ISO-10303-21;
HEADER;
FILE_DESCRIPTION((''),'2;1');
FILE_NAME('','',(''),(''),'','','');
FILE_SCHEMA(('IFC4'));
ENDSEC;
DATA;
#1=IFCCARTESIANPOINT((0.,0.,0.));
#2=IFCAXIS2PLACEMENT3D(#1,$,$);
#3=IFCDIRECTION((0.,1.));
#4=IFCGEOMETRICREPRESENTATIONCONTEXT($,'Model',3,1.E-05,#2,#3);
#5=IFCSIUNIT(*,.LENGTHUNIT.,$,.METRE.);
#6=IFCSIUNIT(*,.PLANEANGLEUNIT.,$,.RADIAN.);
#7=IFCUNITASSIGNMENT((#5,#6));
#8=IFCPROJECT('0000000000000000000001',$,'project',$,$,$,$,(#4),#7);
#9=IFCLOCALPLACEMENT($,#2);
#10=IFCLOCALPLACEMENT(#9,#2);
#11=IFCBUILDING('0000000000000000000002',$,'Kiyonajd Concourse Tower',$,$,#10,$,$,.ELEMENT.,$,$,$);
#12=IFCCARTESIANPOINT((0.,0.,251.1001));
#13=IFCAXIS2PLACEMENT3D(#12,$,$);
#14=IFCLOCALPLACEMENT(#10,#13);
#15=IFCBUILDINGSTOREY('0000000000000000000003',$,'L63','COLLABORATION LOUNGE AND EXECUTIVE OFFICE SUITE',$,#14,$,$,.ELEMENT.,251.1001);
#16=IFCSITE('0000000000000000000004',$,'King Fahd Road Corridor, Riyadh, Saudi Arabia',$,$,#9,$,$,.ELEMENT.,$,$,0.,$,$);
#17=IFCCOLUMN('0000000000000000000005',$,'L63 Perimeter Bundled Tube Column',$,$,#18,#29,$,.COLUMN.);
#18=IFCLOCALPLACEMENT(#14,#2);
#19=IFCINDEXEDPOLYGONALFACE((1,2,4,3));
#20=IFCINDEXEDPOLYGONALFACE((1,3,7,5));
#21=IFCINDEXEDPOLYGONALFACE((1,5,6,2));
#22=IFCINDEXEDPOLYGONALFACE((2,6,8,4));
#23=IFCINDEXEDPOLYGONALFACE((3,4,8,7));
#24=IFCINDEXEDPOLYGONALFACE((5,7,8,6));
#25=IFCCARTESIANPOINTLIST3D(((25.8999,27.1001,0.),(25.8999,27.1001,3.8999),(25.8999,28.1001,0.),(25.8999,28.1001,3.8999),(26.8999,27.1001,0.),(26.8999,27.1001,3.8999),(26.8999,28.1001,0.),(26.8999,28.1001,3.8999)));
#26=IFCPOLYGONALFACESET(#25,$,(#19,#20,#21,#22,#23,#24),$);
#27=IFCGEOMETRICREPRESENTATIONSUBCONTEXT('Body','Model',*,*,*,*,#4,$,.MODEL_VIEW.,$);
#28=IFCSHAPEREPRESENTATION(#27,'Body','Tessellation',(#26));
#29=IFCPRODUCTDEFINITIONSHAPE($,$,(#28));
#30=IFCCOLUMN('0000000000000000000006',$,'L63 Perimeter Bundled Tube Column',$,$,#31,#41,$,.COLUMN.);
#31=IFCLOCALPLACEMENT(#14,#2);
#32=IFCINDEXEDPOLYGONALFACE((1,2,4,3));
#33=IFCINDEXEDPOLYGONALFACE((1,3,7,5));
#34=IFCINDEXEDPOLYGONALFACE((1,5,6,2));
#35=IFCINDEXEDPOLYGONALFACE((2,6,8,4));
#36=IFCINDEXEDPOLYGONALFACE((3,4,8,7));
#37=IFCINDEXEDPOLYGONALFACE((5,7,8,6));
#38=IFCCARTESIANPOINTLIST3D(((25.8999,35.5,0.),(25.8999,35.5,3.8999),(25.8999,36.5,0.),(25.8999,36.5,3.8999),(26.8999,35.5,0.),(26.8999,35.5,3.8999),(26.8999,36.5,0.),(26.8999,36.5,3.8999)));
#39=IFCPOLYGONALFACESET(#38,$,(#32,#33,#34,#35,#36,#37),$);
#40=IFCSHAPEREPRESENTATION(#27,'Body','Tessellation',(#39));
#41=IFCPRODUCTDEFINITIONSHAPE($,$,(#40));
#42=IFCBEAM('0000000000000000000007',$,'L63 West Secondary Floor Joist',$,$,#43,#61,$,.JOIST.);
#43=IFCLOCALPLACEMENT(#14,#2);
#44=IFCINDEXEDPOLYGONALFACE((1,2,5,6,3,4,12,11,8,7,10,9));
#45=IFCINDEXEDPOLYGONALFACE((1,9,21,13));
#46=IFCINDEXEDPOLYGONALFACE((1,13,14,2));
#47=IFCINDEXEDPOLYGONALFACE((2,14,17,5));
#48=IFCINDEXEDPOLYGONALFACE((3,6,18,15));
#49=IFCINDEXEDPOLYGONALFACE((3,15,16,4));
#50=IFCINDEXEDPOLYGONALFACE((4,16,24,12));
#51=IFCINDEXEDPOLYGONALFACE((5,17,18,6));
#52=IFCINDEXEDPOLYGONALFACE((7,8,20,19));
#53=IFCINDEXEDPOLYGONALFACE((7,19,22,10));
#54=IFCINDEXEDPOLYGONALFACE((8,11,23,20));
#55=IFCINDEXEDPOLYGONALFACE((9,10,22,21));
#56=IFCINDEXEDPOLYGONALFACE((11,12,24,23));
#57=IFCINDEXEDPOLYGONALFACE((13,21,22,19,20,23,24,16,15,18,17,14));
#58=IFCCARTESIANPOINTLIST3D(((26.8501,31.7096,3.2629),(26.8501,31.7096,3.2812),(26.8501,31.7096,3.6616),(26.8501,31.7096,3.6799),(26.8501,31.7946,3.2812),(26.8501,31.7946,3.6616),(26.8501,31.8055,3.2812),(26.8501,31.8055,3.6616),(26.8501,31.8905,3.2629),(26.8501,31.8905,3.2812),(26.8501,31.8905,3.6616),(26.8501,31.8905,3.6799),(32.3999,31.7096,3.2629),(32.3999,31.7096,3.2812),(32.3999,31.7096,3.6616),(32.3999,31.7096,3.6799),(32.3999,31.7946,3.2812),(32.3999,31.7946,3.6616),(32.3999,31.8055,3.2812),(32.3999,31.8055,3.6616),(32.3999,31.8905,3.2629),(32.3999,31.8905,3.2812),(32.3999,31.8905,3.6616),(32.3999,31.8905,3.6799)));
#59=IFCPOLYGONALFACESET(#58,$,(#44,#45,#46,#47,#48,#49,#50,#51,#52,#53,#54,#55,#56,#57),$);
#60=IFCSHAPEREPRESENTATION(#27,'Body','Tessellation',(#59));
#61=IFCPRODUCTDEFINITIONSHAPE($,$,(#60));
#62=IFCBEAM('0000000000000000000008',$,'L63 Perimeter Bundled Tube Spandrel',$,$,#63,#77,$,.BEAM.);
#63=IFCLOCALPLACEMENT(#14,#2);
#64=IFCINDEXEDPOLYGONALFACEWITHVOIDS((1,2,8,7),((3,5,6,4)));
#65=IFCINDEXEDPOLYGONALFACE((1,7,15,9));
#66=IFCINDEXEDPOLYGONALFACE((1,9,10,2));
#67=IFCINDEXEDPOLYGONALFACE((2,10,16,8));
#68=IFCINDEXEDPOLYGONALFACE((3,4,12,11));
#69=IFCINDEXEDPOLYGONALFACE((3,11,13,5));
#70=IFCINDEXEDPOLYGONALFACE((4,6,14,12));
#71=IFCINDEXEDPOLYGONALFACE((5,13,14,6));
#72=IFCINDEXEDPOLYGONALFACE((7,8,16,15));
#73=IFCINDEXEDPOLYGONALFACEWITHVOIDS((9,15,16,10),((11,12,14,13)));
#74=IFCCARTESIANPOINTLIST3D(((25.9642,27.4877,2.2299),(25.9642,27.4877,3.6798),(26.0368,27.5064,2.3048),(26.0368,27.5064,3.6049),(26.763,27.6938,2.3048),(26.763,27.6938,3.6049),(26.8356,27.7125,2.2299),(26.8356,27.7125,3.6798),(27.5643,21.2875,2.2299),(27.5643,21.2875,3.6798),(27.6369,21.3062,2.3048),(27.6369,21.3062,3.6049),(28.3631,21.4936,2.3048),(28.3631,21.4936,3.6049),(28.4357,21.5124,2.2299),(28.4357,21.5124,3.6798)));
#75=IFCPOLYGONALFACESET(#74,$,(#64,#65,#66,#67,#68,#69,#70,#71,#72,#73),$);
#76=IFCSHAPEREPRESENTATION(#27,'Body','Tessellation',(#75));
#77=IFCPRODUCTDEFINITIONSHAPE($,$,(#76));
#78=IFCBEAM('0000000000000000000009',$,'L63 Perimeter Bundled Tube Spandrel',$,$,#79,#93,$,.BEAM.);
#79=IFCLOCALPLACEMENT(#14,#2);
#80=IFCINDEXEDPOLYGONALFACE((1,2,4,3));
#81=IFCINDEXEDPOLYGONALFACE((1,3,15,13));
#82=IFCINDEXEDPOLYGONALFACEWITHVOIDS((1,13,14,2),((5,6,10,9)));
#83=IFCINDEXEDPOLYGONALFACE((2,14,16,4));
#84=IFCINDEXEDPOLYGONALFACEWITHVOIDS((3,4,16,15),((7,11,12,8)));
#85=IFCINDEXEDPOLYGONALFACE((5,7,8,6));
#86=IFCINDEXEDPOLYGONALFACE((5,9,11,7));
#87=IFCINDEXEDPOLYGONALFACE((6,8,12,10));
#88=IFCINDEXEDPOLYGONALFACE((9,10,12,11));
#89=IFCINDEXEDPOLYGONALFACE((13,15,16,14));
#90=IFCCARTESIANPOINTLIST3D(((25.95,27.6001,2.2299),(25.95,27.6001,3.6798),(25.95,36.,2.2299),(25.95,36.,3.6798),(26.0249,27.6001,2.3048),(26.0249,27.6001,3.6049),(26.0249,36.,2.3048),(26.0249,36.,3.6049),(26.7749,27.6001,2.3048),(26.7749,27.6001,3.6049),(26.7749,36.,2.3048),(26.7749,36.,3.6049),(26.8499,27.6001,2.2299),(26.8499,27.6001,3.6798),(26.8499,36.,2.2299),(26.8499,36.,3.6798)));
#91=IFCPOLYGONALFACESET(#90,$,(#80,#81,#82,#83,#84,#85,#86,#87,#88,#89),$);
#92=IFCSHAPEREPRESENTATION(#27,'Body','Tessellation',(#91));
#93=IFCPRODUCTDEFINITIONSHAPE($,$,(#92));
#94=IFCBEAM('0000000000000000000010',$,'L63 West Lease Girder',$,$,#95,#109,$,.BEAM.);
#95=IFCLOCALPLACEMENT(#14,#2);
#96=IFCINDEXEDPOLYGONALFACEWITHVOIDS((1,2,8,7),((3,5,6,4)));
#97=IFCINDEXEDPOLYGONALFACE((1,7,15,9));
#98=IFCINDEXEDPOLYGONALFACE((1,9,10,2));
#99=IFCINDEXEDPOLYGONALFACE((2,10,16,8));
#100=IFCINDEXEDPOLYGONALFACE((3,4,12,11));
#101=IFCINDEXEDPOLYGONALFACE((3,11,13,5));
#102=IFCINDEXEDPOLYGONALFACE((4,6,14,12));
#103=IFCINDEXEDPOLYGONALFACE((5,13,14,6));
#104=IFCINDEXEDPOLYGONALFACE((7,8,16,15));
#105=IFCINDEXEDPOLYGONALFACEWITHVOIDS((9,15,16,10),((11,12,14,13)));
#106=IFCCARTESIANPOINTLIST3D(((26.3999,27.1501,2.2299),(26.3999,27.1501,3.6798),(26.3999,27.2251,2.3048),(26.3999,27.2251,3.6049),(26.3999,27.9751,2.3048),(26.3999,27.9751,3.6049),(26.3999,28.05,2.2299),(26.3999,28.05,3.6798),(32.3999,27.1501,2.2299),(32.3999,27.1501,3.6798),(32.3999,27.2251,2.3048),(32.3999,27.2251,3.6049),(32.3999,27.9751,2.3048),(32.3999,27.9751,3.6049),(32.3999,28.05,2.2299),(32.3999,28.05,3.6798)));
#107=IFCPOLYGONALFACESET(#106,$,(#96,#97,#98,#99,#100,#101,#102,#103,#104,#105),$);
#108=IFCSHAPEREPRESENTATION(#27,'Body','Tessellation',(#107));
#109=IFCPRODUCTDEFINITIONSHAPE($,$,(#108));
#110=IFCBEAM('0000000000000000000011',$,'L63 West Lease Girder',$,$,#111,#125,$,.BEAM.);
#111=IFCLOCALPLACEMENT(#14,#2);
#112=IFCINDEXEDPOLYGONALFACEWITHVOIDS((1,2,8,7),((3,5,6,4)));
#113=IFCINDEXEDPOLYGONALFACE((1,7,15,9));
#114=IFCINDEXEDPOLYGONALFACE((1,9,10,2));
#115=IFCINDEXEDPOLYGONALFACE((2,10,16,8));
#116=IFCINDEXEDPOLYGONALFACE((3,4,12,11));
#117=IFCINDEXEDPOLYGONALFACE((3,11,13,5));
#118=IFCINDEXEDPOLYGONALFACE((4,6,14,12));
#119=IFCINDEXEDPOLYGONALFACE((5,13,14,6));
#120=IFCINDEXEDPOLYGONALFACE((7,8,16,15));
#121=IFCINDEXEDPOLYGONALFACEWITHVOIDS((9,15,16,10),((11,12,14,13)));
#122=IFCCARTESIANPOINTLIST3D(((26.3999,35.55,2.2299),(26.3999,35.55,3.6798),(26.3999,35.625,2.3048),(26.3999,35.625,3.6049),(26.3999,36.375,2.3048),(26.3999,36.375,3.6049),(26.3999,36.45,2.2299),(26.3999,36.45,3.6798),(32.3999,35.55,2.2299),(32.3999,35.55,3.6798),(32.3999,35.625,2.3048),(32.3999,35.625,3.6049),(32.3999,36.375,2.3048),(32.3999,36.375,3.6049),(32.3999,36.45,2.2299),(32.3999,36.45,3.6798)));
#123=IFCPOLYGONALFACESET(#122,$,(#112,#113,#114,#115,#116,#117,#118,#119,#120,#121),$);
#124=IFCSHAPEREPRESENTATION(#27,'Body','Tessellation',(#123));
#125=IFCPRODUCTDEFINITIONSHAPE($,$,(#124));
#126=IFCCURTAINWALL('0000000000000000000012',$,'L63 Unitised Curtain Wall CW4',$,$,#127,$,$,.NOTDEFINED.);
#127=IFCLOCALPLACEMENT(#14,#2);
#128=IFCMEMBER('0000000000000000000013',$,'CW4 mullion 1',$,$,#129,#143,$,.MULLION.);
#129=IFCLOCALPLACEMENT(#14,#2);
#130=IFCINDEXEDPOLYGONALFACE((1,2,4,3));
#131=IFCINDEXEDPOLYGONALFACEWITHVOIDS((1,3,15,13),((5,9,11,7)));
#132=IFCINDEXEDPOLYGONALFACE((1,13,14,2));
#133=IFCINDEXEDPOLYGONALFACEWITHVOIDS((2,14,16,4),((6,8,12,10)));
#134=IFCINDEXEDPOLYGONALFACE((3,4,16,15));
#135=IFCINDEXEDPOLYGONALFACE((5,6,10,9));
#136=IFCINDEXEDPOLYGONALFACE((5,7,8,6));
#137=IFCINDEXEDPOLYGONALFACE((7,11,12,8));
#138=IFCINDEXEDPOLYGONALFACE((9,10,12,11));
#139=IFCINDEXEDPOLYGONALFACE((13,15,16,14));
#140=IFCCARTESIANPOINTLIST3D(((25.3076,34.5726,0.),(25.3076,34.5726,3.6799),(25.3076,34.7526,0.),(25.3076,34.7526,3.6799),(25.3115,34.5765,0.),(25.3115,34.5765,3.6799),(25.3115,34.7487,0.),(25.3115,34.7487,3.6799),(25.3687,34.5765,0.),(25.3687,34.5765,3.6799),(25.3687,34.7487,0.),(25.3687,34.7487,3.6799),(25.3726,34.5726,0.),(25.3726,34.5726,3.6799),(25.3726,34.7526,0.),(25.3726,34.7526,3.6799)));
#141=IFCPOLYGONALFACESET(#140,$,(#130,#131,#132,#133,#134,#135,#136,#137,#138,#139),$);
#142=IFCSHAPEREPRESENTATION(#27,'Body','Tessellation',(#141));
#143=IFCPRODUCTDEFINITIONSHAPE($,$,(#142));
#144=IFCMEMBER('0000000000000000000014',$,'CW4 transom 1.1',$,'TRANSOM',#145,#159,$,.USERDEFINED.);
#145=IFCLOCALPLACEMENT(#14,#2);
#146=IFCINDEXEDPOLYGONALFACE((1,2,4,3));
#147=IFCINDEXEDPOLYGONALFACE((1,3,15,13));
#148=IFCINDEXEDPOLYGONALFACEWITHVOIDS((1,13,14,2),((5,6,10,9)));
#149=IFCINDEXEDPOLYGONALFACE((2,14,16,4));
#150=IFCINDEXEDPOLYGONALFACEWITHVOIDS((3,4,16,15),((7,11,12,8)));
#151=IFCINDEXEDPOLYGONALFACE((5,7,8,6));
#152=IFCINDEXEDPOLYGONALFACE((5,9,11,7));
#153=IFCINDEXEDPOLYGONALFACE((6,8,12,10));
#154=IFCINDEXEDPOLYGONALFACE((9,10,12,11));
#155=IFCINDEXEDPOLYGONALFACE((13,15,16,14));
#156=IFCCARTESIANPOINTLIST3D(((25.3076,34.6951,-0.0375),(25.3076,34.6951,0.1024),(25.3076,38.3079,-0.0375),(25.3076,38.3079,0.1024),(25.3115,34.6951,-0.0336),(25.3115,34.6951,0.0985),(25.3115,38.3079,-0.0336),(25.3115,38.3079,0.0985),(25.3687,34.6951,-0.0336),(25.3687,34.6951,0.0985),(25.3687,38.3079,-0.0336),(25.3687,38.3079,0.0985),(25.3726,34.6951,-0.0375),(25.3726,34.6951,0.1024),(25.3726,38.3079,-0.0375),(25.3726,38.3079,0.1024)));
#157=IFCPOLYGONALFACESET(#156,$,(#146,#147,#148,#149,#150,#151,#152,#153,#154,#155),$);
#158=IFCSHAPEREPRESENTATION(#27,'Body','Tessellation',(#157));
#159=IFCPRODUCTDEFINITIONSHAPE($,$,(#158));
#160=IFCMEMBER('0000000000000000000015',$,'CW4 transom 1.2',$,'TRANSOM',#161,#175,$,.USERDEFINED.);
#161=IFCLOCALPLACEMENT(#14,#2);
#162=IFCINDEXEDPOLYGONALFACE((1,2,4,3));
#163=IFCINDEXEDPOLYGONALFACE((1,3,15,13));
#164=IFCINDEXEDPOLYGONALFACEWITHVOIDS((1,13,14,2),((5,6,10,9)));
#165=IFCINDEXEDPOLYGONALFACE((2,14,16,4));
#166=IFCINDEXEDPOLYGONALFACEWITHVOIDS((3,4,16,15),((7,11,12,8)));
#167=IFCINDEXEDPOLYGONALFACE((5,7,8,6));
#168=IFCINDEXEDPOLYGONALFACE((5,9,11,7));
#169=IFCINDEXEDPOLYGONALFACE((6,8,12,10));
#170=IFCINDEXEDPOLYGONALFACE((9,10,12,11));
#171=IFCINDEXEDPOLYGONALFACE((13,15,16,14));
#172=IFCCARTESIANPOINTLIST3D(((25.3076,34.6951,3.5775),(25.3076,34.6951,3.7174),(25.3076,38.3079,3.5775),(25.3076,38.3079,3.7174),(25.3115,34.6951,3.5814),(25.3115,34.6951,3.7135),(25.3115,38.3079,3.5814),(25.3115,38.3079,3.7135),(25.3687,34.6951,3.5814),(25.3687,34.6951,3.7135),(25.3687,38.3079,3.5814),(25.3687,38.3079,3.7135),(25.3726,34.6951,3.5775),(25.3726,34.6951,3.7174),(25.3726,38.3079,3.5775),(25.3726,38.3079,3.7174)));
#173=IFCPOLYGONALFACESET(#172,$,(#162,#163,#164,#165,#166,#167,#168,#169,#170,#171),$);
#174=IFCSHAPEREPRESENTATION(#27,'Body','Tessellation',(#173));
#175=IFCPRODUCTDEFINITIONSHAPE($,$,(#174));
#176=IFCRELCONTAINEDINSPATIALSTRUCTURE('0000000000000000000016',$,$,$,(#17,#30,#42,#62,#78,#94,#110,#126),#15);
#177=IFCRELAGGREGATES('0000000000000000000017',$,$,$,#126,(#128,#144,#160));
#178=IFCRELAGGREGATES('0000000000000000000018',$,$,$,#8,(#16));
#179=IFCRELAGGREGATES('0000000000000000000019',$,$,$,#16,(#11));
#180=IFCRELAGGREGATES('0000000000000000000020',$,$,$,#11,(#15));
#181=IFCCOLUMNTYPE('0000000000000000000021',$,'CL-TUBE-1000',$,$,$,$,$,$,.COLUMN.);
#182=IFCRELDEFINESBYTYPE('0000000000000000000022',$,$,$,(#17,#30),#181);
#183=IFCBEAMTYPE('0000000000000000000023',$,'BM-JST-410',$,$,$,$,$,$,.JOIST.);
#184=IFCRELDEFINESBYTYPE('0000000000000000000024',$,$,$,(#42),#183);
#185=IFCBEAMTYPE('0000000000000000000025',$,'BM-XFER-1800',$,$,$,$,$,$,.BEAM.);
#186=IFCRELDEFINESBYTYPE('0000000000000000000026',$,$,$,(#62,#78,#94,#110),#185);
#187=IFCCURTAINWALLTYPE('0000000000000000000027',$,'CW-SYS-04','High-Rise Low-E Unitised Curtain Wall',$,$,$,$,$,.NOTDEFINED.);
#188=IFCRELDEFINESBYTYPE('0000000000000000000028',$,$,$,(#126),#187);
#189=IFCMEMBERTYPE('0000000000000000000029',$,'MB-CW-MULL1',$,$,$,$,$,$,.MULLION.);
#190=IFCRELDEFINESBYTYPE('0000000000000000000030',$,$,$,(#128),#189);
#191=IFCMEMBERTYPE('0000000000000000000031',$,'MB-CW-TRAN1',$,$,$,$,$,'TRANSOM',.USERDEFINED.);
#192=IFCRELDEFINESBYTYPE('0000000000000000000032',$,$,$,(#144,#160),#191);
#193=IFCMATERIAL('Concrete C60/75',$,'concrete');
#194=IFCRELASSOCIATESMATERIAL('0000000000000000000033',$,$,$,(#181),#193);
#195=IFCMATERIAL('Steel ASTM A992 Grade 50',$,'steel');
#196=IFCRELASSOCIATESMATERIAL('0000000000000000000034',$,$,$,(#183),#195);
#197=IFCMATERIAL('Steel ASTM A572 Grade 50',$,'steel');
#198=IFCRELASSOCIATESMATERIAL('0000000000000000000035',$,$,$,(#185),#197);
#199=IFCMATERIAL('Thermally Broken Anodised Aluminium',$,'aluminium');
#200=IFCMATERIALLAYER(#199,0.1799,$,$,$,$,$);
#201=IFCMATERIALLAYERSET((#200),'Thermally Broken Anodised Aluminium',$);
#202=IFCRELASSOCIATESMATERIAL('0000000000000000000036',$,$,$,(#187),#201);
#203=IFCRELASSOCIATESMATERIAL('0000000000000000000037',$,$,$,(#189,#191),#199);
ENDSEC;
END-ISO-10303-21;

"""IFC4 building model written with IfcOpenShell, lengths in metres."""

from ifc_helpers import new_model, si_unit, direction, frame, origin, origin_2d, place, context, subcontext, project, spatial, rectangle, hollow_rectangle, i_section, extrude, material, layer, layer_set, material_profile, profile_set, type_object, element, aggregate, save


model = new_model("IFC4")

# Units and contexts
model_context = context("Model", 3, precision=1e-05, world=origin(), true_north=direction((0.0, 1.0)))
body_context = subcontext(model_context, "Body", "Model", "MODEL_VIEW")
ifc_project = project(units=[si_unit("LENGTHUNIT", "METRE"), si_unit("PLANEANGLEUNIT", "RADIAN")], contexts=[model_context])

# Site, building, storey
site_placement = place(None, origin())
site = spatial("IfcSite", under=ifc_project, at=site_placement, Name="King Fahd Road Corridor, Riyadh, Saudi Arabia", CompositionType="ELEMENT", RefElevation=0.0)
building_placement = place(site_placement, origin())
building = spatial("IfcBuilding", under=site, at=building_placement, Name="Kiyonajd Concourse Tower", CompositionType="ELEMENT")
storey_placement = place(building_placement, frame((0.0, 0.0, 251.1001)))
storey = spatial("IfcBuildingStorey", under=building, at=storey_placement, Name="L63", Description="COLLABORATION LOUNGE AND EXECUTIVE OFFICE SUITE", CompositionType="ELEMENT", Elevation=251.1001)

# Columns
ifc_material_1 = material(Name="Concrete C60/75", Category="concrete")
ifc_material_profile_1 = material_profile(ifc_material_1, rectangle(XDim=1.0, YDim=1.0, at=origin_2d()), Name="RC-1000x1000")
ifc_profile_set_1 = profile_set([ifc_material_profile_1], Name="Concrete C60/75")
column_type = type_object("IfcColumnType", Name="CL-TUBE-1000", PredefinedType="COLUMN", material=ifc_profile_set_1)
for number, where, z_axis, x_axis, name in (
    (1, (26.3999, 27.6001, 0.0), (0.0, 0.0, 1.0), (1.0, 0.0, 0.0), "L63 Perimeter Bundled Tube Column"),
    (2, (26.3999, 36.0, 0.0), (0.0, 0.0, 1.0), (1.0, 0.0, 0.0), "L63 Perimeter Bundled Tube Column"),
):
    element("IfcColumn", number, at=place(storey_placement, frame(where, z_axis=z_axis, x_axis=x_axis)), inside=storey, type_object=column_type, Name=name, PredefinedType="COLUMN", context=body_context, shape_type="SweptSolid", body=[
        extrude(rectangle(XDim=1.0, YDim=1.0, at=origin_2d()), origin(), (0.0, 0.0, 1.0), 3.8999),
    ])

# Beams
ifc_material_2 = material(Name="Steel ASTM A992 Grade 50", Category="steel")
ifc_material_profile_2 = material_profile(ifc_material_2, i_section(OverallWidth=0.1809, OverallDepth=0.417, WebThickness=0.011, FlangeThickness=0.0183, at=origin_2d()), Name="W410X85")
ifc_profile_set_2 = profile_set([ifc_material_profile_2], Name="Steel ASTM A992 Grade 50")
beam_type_1 = type_object("IfcBeamType", Name="BM-JST-410", PredefinedType="JOIST", material=ifc_profile_set_2)
beam_1_placement = place(storey_placement, frame((26.8501, 31.8, 3.4714), z_axis=(1.0, 0.0, 0.0), x_axis=(0.0, 1.0, 0.0)))
element("IfcBeam", 3, at=beam_1_placement, inside=storey, type_object=beam_type_1, Name="L63 West Secondary Floor Joist", PredefinedType="JOIST", context=body_context, shape_type="SweptSolid", body=[
    extrude(i_section(OverallWidth=0.1809, OverallDepth=0.417, WebThickness=0.011, FlangeThickness=0.0183, at=origin_2d()), origin(), (0.0, 0.0, 1.0), 5.5498),
])
ifc_material_3 = material(Name="Steel ASTM A572 Grade 50", Category="steel")
ifc_material_profile_3 = material_profile(ifc_material_3, hollow_rectangle(XDim=0.8999, YDim=1.45, WallThickness=0.075, at=origin_2d()), Name="BOX-1450x900x75")
ifc_profile_set_3 = profile_set([ifc_material_profile_3], Name="Steel ASTM A572 Grade 50")
beam_type_2 = type_object("IfcBeamType", Name="BM-XFER-1800", PredefinedType="BEAM", material=ifc_profile_set_3)
beam_2_placement = place(storey_placement, frame((26.3999, 27.6001, 2.9548), z_axis=(0.249885, -0.968276, 0.0), x_axis=(0.968276, 0.249885, 0.0)))
element("IfcBeam", 4, at=beam_2_placement, inside=storey, type_object=beam_type_2, Name="L63 Perimeter Bundled Tube Spandrel", PredefinedType="BEAM", context=body_context, shape_type="SweptSolid", body=[
    extrude(hollow_rectangle(XDim=0.8999, YDim=1.45, WallThickness=0.075, at=origin_2d()), origin(), (0.0, 0.0, 1.0), 6.4033),
])
beam_3_placement = place(storey_placement, frame((26.3999, 36.0, 2.9548), z_axis=(0.0, -1.0, 0.0), x_axis=(1.0, 0.0, 0.0)))
element("IfcBeam", 5, at=beam_3_placement, inside=storey, type_object=beam_type_2, Name="L63 Perimeter Bundled Tube Spandrel", PredefinedType="BEAM", context=body_context, shape_type="SweptSolid", body=[
    extrude(hollow_rectangle(XDim=0.8999, YDim=1.45, WallThickness=0.075, at=origin_2d()), origin(), (0.0, 0.0, 1.0), 8.3999),
])
for number, where, z_axis, x_axis, name in (
    (6, (26.3999, 27.6001, 2.9548), (1.0, 0.0, 0.0), (0.0, 1.0, 0.0), "L63 West Lease Girder"),
    (7, (26.3999, 36.0, 2.9548), (1.0, 0.0, 0.0), (0.0, 1.0, 0.0), "L63 West Lease Girder"),
):
    element("IfcBeam", number, at=place(storey_placement, frame(where, z_axis=z_axis, x_axis=x_axis)), inside=storey, type_object=beam_type_2, Name=name, PredefinedType="BEAM", context=body_context, shape_type="SweptSolid", body=[
        extrude(hollow_rectangle(XDim=0.8999, YDim=1.45, WallThickness=0.075, at=origin_2d()), origin(), (0.0, 0.0, 1.0), 6.0),
    ])

# Curtain wall, members
ifc_material_4 = material(Name="Thermally Broken Anodised Aluminium", Category="aluminium")
ifc_layer_1 = layer(ifc_material_4, 0.1799)
ifc_layer_set_1 = layer_set([ifc_layer_1], Name="Thermally Broken Anodised Aluminium")
curtain_wall_type = type_object("IfcCurtainWallType", Name="CW-SYS-04", Description="High-Rise Low-E Unitised Curtain Wall", PredefinedType="NOTDEFINED", material=ifc_layer_set_1)
curtain_wall_placement = place(storey_placement, origin())
curtain_wall = element("IfcCurtainWall", 8, at=curtain_wall_placement, inside=storey, type_object=curtain_wall_type, Name="L63 Unitised Curtain Wall CW4", PredefinedType="NOTDEFINED")
ifc_material_profile_4 = material_profile(ifc_material_4, hollow_rectangle(XDim=0.0649, YDim=0.1799, WallThickness=0.0039, at=origin_2d()), Name="MULL-65x180")
ifc_profile_set_4 = profile_set([ifc_material_profile_4], Name="Thermally Broken Anodised Aluminium")
member_type_1 = type_object("IfcMemberType", Name="MB-CW-MULL1", PredefinedType="MULLION", material=ifc_profile_set_4)
member_1_placement = place(storey_placement, frame((25.3401, 34.6626, 0.0), z_axis=(0.0, 0.0, 1.0), x_axis=(-1.0, 0.0, 0.0)))
member_1 = element("IfcMember", 9, at=member_1_placement, type_object=member_type_1, Name="CW4 mullion 1", PredefinedType="MULLION", context=body_context, shape_type="SweptSolid", body=[
    extrude(hollow_rectangle(XDim=0.0649, YDim=0.1799, WallThickness=0.0039, at=origin_2d()), origin(), (0.0, 0.0, 1.0), 3.6799),
])
ifc_material_profile_5 = material_profile(ifc_material_4, hollow_rectangle(XDim=0.0649, YDim=0.1399, WallThickness=0.0039, at=origin_2d()), Name="TRAN-65x140")
ifc_profile_set_5 = profile_set([ifc_material_profile_5], Name="Thermally Broken Anodised Aluminium")
member_type_2 = type_object("IfcMemberType", Name="MB-CW-TRAN1", ElementType="TRANSOM", PredefinedType="USERDEFINED", material=ifc_profile_set_5)
member_2_placement = place(storey_placement, frame((25.3401, 34.6951, 0.0325), z_axis=(0.0, 1.0, 0.0), x_axis=(-1.0, 0.0, 0.0)))
member_2 = element("IfcMember", 10, at=member_2_placement, type_object=member_type_2, Name="CW4 transom 1.1", ObjectType="TRANSOM", PredefinedType="USERDEFINED", context=body_context, shape_type="SweptSolid", body=[
    extrude(hollow_rectangle(XDim=0.0649, YDim=0.1399, WallThickness=0.0039, at=origin_2d()), origin(), (0.0, 0.0, 1.0), 3.6128),
])
member_3_placement = place(storey_placement, frame((25.3401, 34.6951, 3.6475), z_axis=(0.0, 1.0, 0.0), x_axis=(-1.0, 0.0, 0.0)))
member_3 = element("IfcMember", 11, at=member_3_placement, type_object=member_type_2, Name="CW4 transom 1.2", ObjectType="TRANSOM", PredefinedType="USERDEFINED", context=body_context, shape_type="SweptSolid", body=[
    extrude(hollow_rectangle(XDim=0.0649, YDim=0.1399, WallThickness=0.0039, at=origin_2d()), origin(), (0.0, 0.0, 1.0), 3.6128),
])
aggregate(curtain_wall, [member_1, member_2, member_3])

save(model, "model.ifc")
